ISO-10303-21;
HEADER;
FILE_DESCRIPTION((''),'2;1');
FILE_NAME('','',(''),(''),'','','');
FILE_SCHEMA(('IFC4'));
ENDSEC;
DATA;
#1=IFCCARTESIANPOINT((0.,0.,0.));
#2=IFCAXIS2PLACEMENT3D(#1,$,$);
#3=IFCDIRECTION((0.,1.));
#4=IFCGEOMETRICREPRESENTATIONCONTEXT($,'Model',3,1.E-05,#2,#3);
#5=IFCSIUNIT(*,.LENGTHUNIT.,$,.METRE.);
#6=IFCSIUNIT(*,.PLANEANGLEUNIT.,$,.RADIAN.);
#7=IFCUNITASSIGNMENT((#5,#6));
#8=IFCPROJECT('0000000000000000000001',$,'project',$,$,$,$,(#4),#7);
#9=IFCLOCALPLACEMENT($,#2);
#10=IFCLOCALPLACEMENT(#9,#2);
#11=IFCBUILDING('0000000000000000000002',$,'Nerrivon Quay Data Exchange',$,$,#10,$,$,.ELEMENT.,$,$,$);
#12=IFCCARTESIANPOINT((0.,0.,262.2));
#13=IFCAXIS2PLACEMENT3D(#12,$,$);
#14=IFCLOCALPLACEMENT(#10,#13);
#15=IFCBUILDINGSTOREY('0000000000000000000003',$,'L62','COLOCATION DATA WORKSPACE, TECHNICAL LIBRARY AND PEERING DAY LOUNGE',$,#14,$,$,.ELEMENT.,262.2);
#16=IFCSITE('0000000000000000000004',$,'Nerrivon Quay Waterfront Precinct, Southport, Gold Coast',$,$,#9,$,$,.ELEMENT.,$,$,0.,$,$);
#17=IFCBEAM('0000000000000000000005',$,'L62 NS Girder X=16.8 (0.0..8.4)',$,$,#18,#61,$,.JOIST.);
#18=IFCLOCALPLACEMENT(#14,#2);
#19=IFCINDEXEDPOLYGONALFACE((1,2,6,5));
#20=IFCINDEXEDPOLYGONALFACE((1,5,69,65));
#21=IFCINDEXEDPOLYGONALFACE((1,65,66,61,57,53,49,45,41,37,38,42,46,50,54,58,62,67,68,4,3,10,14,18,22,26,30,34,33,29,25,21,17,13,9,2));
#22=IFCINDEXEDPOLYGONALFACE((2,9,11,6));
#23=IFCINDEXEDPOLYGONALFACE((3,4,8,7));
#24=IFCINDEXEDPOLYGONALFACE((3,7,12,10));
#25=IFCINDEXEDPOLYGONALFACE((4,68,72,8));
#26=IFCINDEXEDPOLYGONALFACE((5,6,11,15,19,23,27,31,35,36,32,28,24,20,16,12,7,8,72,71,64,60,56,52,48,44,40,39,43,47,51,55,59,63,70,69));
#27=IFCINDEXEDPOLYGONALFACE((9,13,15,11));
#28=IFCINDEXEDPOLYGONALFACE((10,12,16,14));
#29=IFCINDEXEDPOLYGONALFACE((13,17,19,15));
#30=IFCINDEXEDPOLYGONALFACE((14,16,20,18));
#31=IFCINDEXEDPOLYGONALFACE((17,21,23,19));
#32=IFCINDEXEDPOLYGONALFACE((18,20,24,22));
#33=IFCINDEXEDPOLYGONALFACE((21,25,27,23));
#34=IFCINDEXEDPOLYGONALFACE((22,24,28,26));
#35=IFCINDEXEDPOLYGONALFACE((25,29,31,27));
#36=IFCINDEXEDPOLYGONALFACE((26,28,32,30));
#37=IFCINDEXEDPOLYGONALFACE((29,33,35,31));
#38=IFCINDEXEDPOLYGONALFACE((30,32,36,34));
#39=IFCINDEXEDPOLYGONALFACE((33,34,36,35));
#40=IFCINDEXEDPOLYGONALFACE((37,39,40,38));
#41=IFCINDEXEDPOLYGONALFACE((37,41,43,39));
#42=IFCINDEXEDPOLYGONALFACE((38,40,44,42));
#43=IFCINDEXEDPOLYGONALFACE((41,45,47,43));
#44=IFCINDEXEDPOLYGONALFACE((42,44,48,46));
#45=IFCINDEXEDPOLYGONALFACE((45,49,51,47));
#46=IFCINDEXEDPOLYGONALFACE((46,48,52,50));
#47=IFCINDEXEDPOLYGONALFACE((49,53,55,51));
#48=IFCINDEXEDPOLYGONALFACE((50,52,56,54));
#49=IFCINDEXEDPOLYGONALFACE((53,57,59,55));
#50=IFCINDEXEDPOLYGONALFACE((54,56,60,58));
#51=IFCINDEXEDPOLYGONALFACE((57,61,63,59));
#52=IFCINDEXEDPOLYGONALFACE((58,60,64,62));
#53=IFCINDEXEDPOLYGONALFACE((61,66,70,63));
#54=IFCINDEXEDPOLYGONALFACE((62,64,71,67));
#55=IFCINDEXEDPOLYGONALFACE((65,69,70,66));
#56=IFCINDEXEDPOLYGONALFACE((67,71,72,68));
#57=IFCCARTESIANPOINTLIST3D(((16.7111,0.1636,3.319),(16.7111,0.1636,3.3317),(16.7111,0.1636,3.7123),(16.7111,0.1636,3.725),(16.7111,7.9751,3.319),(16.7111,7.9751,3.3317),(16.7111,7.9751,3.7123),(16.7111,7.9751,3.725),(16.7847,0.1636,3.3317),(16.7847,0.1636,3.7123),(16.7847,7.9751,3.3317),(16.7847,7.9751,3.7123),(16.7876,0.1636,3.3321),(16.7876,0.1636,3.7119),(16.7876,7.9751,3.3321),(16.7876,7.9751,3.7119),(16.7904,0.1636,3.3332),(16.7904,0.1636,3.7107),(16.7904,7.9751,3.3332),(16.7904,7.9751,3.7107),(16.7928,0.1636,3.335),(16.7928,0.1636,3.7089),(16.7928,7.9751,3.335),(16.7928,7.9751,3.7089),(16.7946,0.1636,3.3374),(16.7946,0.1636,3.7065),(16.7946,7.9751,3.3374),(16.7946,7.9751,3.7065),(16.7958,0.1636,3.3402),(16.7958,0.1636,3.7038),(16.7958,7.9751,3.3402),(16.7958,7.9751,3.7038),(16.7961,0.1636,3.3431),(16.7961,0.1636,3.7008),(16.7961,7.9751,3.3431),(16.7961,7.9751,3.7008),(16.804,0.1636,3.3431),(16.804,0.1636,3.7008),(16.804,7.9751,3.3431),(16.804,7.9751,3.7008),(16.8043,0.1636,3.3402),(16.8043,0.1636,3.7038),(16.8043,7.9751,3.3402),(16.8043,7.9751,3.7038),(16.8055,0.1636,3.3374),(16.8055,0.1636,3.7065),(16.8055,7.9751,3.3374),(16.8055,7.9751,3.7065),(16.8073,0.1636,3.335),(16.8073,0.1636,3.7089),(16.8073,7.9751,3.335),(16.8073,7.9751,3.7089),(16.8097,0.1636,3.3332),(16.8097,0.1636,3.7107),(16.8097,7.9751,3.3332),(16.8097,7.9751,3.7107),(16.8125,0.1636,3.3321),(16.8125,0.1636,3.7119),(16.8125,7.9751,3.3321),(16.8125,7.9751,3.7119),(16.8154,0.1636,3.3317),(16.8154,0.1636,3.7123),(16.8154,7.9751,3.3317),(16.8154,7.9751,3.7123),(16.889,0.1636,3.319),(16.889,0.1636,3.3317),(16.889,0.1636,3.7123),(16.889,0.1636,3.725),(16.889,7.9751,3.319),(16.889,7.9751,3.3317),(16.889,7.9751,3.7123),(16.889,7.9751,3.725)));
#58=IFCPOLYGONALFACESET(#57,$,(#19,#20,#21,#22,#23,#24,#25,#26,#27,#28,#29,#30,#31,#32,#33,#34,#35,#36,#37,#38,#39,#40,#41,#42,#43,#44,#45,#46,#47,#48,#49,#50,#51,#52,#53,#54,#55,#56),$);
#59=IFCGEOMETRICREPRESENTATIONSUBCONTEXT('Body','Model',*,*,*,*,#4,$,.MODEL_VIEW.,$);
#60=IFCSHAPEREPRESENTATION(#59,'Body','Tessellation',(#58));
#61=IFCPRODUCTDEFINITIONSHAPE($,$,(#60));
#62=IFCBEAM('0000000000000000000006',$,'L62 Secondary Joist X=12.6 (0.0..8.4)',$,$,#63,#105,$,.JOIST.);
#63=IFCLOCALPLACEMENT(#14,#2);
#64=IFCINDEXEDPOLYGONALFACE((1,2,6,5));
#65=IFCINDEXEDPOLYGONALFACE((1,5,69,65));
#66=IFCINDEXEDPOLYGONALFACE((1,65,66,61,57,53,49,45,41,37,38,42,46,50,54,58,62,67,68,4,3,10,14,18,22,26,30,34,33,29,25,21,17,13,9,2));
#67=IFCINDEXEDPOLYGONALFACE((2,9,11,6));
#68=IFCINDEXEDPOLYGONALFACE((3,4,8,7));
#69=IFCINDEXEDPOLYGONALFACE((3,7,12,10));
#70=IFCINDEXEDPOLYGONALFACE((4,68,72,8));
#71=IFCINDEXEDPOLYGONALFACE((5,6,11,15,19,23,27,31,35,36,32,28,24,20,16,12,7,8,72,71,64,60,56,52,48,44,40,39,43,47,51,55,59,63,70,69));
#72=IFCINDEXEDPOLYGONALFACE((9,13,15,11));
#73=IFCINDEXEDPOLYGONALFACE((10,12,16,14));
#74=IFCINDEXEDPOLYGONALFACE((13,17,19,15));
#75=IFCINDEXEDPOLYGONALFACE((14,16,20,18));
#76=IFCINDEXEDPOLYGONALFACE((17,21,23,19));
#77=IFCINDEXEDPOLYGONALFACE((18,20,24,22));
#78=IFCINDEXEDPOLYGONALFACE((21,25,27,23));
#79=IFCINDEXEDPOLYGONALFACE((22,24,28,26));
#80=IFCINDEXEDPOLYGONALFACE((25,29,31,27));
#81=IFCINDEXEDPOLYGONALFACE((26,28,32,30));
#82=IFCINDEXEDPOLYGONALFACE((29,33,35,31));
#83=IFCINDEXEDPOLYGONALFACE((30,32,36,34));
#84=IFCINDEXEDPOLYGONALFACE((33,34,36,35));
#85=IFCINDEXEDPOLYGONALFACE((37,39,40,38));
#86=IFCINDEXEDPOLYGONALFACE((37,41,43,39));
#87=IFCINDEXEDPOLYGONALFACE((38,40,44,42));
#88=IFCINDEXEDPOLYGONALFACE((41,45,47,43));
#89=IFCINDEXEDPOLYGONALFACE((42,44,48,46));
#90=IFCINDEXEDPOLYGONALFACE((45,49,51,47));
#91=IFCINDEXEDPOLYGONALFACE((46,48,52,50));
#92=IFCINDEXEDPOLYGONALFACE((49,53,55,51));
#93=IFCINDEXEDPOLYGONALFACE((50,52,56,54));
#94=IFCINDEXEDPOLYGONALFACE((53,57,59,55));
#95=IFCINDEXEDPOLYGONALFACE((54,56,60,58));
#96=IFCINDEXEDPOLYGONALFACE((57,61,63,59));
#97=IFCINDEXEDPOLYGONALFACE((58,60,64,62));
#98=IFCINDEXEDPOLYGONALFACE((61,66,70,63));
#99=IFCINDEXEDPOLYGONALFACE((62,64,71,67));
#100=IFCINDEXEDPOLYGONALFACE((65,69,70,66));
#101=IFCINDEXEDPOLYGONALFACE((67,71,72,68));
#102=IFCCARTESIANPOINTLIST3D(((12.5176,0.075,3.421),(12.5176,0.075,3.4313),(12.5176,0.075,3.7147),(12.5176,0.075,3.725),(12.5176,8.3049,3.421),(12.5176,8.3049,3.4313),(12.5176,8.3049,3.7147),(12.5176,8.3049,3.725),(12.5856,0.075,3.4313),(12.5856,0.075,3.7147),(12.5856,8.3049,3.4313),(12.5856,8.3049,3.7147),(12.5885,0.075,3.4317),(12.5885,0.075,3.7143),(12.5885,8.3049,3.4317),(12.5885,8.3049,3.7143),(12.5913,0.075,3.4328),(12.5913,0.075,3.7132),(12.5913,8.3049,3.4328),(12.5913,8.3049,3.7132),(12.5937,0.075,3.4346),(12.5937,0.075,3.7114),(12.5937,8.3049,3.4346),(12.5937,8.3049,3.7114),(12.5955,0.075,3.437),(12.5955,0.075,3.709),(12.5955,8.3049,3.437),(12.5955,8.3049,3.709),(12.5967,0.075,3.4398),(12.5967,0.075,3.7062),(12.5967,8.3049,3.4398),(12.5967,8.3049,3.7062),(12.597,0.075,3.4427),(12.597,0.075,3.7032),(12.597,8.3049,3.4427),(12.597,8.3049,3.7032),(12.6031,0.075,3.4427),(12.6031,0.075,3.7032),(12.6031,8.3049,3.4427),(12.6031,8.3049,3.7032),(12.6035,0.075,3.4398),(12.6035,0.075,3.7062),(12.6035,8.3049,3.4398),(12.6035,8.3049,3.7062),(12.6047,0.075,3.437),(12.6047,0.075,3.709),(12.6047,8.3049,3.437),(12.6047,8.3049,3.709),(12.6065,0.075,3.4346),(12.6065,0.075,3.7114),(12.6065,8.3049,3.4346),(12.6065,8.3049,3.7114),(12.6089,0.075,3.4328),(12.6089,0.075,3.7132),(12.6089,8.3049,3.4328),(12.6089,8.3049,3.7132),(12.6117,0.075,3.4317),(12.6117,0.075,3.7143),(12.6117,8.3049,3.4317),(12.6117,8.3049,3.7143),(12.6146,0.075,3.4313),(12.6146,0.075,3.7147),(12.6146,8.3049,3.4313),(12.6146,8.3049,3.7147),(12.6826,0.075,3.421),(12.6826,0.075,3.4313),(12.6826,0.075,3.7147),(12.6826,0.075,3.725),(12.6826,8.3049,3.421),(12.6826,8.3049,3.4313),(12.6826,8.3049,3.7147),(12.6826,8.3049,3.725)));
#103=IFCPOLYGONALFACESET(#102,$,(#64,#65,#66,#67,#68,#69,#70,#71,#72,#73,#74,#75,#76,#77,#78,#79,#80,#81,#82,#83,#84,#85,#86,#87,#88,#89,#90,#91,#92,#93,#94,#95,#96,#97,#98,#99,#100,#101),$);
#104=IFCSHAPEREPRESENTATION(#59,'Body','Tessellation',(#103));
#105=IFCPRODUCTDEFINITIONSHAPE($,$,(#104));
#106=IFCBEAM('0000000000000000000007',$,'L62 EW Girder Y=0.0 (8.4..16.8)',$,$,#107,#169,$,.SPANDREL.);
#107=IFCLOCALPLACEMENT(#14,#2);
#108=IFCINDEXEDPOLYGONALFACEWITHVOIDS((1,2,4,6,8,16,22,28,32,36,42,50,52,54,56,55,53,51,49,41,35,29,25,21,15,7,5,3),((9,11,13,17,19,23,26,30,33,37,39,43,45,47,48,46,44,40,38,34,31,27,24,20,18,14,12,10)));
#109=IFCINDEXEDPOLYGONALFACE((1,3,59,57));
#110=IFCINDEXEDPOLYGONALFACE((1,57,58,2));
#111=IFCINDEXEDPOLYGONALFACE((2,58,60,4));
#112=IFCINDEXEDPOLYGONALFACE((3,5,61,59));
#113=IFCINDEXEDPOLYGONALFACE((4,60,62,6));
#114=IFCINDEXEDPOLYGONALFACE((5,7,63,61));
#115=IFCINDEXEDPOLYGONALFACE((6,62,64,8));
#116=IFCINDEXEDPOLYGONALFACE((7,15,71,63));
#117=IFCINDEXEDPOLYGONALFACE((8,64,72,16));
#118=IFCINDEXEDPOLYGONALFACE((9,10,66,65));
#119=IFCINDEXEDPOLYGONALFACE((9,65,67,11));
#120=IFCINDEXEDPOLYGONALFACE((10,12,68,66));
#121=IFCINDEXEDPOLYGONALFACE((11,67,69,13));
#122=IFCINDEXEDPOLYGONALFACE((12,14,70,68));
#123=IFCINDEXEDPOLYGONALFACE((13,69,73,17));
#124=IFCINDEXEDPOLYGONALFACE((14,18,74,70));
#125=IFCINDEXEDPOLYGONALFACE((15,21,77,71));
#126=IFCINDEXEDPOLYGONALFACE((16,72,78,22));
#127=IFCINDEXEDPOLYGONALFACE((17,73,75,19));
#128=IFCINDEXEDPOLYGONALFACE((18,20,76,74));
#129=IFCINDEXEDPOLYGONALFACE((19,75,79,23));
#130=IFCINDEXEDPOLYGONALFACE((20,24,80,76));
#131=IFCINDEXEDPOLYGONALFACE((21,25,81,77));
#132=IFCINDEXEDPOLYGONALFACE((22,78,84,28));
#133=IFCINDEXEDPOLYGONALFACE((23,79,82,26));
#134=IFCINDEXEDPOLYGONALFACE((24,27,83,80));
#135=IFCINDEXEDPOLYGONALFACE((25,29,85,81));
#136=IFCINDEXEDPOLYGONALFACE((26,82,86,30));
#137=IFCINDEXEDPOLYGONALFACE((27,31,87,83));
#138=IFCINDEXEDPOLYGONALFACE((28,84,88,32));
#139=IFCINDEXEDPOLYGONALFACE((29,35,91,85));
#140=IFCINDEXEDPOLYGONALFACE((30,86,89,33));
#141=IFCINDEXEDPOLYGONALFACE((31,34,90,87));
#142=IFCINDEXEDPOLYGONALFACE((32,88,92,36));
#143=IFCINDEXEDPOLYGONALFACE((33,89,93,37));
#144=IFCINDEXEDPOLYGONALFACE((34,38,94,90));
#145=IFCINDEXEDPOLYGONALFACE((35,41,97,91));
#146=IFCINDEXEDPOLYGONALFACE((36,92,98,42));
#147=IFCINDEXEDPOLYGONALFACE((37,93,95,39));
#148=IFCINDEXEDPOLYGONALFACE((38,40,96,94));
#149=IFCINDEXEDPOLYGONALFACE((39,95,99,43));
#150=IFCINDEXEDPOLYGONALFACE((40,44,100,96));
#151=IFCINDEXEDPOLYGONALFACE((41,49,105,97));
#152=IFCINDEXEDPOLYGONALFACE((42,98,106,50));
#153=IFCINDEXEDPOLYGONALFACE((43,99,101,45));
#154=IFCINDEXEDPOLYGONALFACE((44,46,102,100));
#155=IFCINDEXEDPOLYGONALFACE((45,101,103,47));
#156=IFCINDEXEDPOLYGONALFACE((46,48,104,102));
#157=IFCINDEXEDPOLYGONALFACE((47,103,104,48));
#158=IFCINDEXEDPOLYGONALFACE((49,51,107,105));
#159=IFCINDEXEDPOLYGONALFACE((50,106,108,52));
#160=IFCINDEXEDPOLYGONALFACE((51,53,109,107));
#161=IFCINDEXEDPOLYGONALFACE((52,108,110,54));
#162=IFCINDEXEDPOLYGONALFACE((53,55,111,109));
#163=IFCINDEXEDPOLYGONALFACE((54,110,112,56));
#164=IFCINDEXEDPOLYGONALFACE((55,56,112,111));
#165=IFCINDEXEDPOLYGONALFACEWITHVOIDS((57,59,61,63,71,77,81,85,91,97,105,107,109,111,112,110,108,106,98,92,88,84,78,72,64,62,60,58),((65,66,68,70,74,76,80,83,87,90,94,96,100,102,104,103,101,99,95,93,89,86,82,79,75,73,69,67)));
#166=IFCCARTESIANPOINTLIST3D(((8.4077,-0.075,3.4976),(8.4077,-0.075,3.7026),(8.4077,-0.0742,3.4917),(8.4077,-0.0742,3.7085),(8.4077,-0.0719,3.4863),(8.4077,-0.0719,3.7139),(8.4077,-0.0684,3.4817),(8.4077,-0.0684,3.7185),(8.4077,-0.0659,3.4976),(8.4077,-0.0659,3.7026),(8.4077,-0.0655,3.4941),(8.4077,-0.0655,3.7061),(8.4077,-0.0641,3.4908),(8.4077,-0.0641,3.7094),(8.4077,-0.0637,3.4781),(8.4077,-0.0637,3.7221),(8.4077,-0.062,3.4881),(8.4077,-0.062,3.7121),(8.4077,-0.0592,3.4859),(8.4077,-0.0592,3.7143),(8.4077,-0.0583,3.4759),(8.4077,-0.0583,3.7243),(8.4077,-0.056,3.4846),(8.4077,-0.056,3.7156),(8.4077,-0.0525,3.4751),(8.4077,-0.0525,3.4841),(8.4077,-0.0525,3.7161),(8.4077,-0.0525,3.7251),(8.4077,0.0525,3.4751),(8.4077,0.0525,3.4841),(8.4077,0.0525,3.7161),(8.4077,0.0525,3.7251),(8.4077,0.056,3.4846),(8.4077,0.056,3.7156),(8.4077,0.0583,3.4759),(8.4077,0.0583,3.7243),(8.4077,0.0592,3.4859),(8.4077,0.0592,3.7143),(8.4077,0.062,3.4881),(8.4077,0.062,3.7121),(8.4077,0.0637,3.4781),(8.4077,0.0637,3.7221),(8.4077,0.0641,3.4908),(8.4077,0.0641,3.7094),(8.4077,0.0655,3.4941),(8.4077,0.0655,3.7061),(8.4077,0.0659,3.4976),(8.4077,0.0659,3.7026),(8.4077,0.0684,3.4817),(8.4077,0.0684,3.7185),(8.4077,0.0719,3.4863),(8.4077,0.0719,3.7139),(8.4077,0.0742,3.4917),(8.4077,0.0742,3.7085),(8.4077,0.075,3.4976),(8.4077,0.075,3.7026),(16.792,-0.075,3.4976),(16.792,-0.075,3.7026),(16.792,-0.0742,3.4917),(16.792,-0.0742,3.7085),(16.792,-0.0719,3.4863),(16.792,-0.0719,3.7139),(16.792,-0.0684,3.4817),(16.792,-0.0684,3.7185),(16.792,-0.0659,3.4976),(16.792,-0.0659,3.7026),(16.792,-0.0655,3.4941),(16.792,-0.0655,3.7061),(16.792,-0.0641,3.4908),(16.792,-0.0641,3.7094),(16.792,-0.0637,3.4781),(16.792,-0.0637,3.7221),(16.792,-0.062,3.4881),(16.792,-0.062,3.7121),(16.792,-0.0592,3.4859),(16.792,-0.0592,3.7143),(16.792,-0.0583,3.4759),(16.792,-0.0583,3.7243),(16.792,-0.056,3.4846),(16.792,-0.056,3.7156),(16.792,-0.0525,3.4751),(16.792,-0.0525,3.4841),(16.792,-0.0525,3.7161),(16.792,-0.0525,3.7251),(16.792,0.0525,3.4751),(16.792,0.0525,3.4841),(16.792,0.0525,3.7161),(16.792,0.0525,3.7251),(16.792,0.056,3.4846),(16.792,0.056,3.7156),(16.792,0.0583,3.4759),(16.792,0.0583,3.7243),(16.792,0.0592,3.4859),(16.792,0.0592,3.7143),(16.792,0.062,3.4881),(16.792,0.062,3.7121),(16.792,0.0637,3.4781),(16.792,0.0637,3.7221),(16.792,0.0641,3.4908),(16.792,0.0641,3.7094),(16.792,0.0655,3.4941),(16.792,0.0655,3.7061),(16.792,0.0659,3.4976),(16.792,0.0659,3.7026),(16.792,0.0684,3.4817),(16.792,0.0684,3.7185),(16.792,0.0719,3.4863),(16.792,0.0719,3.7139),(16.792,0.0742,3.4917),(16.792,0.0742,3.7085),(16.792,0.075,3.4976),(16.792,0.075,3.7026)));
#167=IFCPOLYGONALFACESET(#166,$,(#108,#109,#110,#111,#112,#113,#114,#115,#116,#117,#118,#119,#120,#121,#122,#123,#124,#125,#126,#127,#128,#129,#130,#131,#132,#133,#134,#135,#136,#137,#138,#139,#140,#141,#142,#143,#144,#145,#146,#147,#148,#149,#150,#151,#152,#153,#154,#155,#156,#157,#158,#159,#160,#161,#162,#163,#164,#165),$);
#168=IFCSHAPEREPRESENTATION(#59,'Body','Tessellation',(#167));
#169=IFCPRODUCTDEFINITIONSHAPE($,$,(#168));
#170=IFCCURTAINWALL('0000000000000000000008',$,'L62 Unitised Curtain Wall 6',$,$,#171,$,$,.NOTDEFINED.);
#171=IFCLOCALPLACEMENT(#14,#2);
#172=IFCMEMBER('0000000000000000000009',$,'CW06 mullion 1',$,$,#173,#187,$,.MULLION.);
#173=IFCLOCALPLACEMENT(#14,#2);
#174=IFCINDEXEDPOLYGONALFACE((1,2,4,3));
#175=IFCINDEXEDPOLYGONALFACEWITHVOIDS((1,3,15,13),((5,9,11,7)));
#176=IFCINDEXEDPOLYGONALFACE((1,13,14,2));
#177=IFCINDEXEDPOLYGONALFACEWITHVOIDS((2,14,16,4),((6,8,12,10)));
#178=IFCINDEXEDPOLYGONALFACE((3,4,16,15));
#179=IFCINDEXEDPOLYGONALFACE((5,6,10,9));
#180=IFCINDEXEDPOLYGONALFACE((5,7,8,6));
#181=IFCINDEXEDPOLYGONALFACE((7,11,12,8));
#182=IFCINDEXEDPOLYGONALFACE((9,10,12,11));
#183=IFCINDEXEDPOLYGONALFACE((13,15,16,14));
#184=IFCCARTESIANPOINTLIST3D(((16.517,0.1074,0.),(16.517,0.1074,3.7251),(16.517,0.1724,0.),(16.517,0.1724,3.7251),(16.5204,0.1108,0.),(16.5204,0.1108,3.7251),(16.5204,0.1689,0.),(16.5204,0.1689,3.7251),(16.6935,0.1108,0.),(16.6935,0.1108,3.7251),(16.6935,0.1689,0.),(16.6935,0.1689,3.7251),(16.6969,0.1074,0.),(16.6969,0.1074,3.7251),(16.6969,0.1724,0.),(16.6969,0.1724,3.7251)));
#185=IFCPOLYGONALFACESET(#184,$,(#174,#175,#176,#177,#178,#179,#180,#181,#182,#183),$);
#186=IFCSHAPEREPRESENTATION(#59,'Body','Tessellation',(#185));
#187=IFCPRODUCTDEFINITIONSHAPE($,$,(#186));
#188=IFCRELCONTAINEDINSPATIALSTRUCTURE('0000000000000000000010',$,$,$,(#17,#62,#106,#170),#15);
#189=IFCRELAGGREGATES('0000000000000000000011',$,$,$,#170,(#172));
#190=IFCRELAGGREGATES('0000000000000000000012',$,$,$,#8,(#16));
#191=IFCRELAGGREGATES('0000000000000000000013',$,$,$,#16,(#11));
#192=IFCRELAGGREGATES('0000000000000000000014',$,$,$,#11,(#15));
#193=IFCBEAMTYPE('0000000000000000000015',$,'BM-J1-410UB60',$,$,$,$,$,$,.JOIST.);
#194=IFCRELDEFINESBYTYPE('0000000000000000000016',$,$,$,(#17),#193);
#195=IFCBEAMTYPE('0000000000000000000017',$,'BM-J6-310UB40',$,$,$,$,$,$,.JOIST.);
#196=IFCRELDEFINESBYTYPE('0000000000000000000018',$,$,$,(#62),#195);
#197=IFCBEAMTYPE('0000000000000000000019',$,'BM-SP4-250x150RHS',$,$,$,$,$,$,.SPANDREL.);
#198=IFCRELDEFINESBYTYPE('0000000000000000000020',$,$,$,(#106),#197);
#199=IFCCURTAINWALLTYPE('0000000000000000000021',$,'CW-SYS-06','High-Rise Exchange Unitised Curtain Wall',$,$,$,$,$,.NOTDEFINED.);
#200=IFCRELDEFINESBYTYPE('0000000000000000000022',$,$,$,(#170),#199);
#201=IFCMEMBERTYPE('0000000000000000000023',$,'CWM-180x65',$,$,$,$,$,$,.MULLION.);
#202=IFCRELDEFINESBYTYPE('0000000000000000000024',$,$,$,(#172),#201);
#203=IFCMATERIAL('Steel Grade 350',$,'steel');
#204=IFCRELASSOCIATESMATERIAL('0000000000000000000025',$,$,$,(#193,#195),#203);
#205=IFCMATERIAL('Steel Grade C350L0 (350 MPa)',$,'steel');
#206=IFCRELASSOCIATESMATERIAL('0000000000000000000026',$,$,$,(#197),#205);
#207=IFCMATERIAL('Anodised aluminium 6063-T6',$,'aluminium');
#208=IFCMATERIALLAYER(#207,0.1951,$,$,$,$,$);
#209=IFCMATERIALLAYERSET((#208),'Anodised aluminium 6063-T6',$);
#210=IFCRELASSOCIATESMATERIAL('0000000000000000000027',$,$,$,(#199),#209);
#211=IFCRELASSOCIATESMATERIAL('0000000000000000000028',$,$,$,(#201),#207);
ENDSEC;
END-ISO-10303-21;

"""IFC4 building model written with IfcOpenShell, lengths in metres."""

from ifc_helpers import new_model, si_unit, direction, frame, origin, origin_2d, place, context, subcontext, project, spatial, hollow_rectangle, i_section, extrude, material, layer, layer_set, material_profile, profile_set, type_object, element, aggregate, save


model = new_model("IFC4")

# Units and contexts
model_context = context("Model", 3, precision=1e-05, world=origin(), true_north=direction((0.0, 1.0)))
body_context = subcontext(model_context, "Body", "Model", "MODEL_VIEW")
ifc_project = project(units=[si_unit("LENGTHUNIT", "METRE"), si_unit("PLANEANGLEUNIT", "RADIAN")], contexts=[model_context])

# Site, building, storey
site_placement = place(None, origin())
site = spatial("IfcSite", under=ifc_project, at=site_placement, Name="Nerrivon Quay Waterfront Precinct, Southport, Gold Coast", CompositionType="ELEMENT", RefElevation=0.0)
building_placement = place(site_placement, origin())
building = spatial("IfcBuilding", under=site, at=building_placement, Name="Nerrivon Quay Data Exchange", CompositionType="ELEMENT")
storey_placement = place(building_placement, frame((0.0, 0.0, 262.2)))
storey = spatial("IfcBuildingStorey", under=building, at=storey_placement, Name="L62", Description="COLOCATION DATA WORKSPACE, TECHNICAL LIBRARY AND PEERING DAY LOUNGE", CompositionType="ELEMENT", Elevation=262.2)

# Shared definitions
ifc_material_1 = material(Name="Steel Grade 350", Category="steel")

# Beams
ifc_material_profile_1 = material_profile(ifc_material_1, i_section(OverallWidth=0.178, OverallDepth=0.406, WebThickness=0.0078, FlangeThickness=0.0127, FilletRadius=0.0115, at=origin_2d()), Name="410UB59.7")
ifc_profile_set_1 = profile_set([ifc_material_profile_1], Name="Steel Grade 350")
beam_type_1 = type_object("IfcBeamType", Name="BM-J1-410UB60", PredefinedType="JOIST", material=ifc_profile_set_1)
beam_1_placement = place(storey_placement, frame((16.8, 0.1636, 3.522), z_axis=(0.0, 1.0, 0.0), x_axis=(-1.0, 0.0, 0.0)))
element("IfcBeam", 1, at=beam_1_placement, inside=storey, type_object=beam_type_1, Name="L62 NS Girder X=16.8 (0.0..8.4)", PredefinedType="JOIST", context=body_context, shape_type="SweptSolid", body=[
    extrude(i_section(OverallWidth=0.178, OverallDepth=0.406, WebThickness=0.0078, FlangeThickness=0.0127, FilletRadius=0.0115, at=origin_2d()), origin(), (0.0, 0.0, 1.0), 7.8115),
])
ifc_material_profile_2 = material_profile(ifc_material_1, i_section(OverallWidth=0.165, OverallDepth=0.304, WebThickness=0.0061, FlangeThickness=0.0103, FilletRadius=0.0115, at=origin_2d()), Name="310UB40.4")
ifc_profile_set_2 = profile_set([ifc_material_profile_2], Name="Steel Grade 350")
beam_type_2 = type_object("IfcBeamType", Name="BM-J6-310UB40", PredefinedType="JOIST", material=ifc_profile_set_2)
beam_2_placement = place(storey_placement, frame((12.6001, 0.075, 3.573), z_axis=(0.0, 1.0, 0.0), x_axis=(-1.0, 0.0, 0.0)))
element("IfcBeam", 2, at=beam_2_placement, inside=storey, type_object=beam_type_2, Name="L62 Secondary Joist X=12.6 (0.0..8.4)", PredefinedType="JOIST", context=body_context, shape_type="SweptSolid", body=[
    extrude(i_section(OverallWidth=0.165, OverallDepth=0.304, WebThickness=0.0061, FlangeThickness=0.0103, FilletRadius=0.0115, at=origin_2d()), origin(), (0.0, 0.0, 1.0), 8.23),
])
ifc_material_2 = material(Name="Steel Grade C350L0 (350 MPa)", Category="steel")
ifc_material_profile_3 = material_profile(ifc_material_2, hollow_rectangle(XDim=0.1499, YDim=0.25, WallThickness=0.009, InnerFilletRadius=0.0134, OuterFilletRadius=0.0225, at=origin_2d()), Name="250x150x9.0RHS")
ifc_profile_set_3 = profile_set([ifc_material_profile_3], Name="Steel Grade C350L0 (350 MPa)")
beam_type_3 = type_object("IfcBeamType", Name="BM-SP4-250x150RHS", PredefinedType="SPANDREL", material=ifc_profile_set_3)
beam_3_placement = place(storey_placement, frame((8.4077, 0.0, 3.6001), z_axis=(1.0, 0.0, 0.0), x_axis=(0.0, 1.0, 0.0)))
element("IfcBeam", 3, at=beam_3_placement, inside=storey, type_object=beam_type_3, Name="L62 EW Girder Y=0.0 (8.4..16.8)", PredefinedType="SPANDREL", context=body_context, shape_type="SweptSolid", body=[
    extrude(hollow_rectangle(XDim=0.1499, YDim=0.25, WallThickness=0.009, InnerFilletRadius=0.0134, OuterFilletRadius=0.0225, at=origin_2d()), origin(), (0.0, 0.0, 1.0), 8.3843),
])

# Curtain wall, member
ifc_material_3 = material(Name="Anodised aluminium 6063-T6", Category="aluminium")
ifc_layer_1 = layer(ifc_material_3, 0.1951)
ifc_layer_set_1 = layer_set([ifc_layer_1], Name="Anodised aluminium 6063-T6")
curtain_wall_type = type_object("IfcCurtainWallType", Name="CW-SYS-06", Description="High-Rise Exchange Unitised Curtain Wall", PredefinedType="NOTDEFINED", material=ifc_layer_set_1)
curtain_wall_1_placement = place(storey_placement, origin())
curtain_wall_1 = element("IfcCurtainWall", 4, at=curtain_wall_1_placement, inside=storey, type_object=curtain_wall_type, Name="L62 Unitised Curtain Wall 6", PredefinedType="NOTDEFINED")
ifc_material_profile_4 = material_profile(ifc_material_3, hollow_rectangle(XDim=0.0649, YDim=0.1799, WallThickness=0.0034, at=origin_2d()), Name="ALU-MULL-180x65")
ifc_profile_set_4 = profile_set([ifc_material_profile_4], Name="Anodised aluminium 6063-T6")
member_type_1 = type_object("IfcMemberType", Name="CWM-180x65", PredefinedType="MULLION", material=ifc_profile_set_4)
member_1_placement = place(storey_placement, frame((16.6069, 0.1399, 0.0), z_axis=(0.0, 0.0, 1.0), x_axis=(0.0, -1.0, 0.0)))
member_1 = element("IfcMember", 5, at=member_1_placement, type_object=member_type_1, Name="CW06 mullion 1", PredefinedType="MULLION", context=body_context, shape_type="SweptSolid", body=[
    extrude(hollow_rectangle(XDim=0.0649, YDim=0.1799, WallThickness=0.0034, at=origin_2d()), origin(), (0.0, 0.0, 1.0), 3.7251),
])

aggregate(curtain_wall_1, [member_1])

save(model, "model.ifc")
